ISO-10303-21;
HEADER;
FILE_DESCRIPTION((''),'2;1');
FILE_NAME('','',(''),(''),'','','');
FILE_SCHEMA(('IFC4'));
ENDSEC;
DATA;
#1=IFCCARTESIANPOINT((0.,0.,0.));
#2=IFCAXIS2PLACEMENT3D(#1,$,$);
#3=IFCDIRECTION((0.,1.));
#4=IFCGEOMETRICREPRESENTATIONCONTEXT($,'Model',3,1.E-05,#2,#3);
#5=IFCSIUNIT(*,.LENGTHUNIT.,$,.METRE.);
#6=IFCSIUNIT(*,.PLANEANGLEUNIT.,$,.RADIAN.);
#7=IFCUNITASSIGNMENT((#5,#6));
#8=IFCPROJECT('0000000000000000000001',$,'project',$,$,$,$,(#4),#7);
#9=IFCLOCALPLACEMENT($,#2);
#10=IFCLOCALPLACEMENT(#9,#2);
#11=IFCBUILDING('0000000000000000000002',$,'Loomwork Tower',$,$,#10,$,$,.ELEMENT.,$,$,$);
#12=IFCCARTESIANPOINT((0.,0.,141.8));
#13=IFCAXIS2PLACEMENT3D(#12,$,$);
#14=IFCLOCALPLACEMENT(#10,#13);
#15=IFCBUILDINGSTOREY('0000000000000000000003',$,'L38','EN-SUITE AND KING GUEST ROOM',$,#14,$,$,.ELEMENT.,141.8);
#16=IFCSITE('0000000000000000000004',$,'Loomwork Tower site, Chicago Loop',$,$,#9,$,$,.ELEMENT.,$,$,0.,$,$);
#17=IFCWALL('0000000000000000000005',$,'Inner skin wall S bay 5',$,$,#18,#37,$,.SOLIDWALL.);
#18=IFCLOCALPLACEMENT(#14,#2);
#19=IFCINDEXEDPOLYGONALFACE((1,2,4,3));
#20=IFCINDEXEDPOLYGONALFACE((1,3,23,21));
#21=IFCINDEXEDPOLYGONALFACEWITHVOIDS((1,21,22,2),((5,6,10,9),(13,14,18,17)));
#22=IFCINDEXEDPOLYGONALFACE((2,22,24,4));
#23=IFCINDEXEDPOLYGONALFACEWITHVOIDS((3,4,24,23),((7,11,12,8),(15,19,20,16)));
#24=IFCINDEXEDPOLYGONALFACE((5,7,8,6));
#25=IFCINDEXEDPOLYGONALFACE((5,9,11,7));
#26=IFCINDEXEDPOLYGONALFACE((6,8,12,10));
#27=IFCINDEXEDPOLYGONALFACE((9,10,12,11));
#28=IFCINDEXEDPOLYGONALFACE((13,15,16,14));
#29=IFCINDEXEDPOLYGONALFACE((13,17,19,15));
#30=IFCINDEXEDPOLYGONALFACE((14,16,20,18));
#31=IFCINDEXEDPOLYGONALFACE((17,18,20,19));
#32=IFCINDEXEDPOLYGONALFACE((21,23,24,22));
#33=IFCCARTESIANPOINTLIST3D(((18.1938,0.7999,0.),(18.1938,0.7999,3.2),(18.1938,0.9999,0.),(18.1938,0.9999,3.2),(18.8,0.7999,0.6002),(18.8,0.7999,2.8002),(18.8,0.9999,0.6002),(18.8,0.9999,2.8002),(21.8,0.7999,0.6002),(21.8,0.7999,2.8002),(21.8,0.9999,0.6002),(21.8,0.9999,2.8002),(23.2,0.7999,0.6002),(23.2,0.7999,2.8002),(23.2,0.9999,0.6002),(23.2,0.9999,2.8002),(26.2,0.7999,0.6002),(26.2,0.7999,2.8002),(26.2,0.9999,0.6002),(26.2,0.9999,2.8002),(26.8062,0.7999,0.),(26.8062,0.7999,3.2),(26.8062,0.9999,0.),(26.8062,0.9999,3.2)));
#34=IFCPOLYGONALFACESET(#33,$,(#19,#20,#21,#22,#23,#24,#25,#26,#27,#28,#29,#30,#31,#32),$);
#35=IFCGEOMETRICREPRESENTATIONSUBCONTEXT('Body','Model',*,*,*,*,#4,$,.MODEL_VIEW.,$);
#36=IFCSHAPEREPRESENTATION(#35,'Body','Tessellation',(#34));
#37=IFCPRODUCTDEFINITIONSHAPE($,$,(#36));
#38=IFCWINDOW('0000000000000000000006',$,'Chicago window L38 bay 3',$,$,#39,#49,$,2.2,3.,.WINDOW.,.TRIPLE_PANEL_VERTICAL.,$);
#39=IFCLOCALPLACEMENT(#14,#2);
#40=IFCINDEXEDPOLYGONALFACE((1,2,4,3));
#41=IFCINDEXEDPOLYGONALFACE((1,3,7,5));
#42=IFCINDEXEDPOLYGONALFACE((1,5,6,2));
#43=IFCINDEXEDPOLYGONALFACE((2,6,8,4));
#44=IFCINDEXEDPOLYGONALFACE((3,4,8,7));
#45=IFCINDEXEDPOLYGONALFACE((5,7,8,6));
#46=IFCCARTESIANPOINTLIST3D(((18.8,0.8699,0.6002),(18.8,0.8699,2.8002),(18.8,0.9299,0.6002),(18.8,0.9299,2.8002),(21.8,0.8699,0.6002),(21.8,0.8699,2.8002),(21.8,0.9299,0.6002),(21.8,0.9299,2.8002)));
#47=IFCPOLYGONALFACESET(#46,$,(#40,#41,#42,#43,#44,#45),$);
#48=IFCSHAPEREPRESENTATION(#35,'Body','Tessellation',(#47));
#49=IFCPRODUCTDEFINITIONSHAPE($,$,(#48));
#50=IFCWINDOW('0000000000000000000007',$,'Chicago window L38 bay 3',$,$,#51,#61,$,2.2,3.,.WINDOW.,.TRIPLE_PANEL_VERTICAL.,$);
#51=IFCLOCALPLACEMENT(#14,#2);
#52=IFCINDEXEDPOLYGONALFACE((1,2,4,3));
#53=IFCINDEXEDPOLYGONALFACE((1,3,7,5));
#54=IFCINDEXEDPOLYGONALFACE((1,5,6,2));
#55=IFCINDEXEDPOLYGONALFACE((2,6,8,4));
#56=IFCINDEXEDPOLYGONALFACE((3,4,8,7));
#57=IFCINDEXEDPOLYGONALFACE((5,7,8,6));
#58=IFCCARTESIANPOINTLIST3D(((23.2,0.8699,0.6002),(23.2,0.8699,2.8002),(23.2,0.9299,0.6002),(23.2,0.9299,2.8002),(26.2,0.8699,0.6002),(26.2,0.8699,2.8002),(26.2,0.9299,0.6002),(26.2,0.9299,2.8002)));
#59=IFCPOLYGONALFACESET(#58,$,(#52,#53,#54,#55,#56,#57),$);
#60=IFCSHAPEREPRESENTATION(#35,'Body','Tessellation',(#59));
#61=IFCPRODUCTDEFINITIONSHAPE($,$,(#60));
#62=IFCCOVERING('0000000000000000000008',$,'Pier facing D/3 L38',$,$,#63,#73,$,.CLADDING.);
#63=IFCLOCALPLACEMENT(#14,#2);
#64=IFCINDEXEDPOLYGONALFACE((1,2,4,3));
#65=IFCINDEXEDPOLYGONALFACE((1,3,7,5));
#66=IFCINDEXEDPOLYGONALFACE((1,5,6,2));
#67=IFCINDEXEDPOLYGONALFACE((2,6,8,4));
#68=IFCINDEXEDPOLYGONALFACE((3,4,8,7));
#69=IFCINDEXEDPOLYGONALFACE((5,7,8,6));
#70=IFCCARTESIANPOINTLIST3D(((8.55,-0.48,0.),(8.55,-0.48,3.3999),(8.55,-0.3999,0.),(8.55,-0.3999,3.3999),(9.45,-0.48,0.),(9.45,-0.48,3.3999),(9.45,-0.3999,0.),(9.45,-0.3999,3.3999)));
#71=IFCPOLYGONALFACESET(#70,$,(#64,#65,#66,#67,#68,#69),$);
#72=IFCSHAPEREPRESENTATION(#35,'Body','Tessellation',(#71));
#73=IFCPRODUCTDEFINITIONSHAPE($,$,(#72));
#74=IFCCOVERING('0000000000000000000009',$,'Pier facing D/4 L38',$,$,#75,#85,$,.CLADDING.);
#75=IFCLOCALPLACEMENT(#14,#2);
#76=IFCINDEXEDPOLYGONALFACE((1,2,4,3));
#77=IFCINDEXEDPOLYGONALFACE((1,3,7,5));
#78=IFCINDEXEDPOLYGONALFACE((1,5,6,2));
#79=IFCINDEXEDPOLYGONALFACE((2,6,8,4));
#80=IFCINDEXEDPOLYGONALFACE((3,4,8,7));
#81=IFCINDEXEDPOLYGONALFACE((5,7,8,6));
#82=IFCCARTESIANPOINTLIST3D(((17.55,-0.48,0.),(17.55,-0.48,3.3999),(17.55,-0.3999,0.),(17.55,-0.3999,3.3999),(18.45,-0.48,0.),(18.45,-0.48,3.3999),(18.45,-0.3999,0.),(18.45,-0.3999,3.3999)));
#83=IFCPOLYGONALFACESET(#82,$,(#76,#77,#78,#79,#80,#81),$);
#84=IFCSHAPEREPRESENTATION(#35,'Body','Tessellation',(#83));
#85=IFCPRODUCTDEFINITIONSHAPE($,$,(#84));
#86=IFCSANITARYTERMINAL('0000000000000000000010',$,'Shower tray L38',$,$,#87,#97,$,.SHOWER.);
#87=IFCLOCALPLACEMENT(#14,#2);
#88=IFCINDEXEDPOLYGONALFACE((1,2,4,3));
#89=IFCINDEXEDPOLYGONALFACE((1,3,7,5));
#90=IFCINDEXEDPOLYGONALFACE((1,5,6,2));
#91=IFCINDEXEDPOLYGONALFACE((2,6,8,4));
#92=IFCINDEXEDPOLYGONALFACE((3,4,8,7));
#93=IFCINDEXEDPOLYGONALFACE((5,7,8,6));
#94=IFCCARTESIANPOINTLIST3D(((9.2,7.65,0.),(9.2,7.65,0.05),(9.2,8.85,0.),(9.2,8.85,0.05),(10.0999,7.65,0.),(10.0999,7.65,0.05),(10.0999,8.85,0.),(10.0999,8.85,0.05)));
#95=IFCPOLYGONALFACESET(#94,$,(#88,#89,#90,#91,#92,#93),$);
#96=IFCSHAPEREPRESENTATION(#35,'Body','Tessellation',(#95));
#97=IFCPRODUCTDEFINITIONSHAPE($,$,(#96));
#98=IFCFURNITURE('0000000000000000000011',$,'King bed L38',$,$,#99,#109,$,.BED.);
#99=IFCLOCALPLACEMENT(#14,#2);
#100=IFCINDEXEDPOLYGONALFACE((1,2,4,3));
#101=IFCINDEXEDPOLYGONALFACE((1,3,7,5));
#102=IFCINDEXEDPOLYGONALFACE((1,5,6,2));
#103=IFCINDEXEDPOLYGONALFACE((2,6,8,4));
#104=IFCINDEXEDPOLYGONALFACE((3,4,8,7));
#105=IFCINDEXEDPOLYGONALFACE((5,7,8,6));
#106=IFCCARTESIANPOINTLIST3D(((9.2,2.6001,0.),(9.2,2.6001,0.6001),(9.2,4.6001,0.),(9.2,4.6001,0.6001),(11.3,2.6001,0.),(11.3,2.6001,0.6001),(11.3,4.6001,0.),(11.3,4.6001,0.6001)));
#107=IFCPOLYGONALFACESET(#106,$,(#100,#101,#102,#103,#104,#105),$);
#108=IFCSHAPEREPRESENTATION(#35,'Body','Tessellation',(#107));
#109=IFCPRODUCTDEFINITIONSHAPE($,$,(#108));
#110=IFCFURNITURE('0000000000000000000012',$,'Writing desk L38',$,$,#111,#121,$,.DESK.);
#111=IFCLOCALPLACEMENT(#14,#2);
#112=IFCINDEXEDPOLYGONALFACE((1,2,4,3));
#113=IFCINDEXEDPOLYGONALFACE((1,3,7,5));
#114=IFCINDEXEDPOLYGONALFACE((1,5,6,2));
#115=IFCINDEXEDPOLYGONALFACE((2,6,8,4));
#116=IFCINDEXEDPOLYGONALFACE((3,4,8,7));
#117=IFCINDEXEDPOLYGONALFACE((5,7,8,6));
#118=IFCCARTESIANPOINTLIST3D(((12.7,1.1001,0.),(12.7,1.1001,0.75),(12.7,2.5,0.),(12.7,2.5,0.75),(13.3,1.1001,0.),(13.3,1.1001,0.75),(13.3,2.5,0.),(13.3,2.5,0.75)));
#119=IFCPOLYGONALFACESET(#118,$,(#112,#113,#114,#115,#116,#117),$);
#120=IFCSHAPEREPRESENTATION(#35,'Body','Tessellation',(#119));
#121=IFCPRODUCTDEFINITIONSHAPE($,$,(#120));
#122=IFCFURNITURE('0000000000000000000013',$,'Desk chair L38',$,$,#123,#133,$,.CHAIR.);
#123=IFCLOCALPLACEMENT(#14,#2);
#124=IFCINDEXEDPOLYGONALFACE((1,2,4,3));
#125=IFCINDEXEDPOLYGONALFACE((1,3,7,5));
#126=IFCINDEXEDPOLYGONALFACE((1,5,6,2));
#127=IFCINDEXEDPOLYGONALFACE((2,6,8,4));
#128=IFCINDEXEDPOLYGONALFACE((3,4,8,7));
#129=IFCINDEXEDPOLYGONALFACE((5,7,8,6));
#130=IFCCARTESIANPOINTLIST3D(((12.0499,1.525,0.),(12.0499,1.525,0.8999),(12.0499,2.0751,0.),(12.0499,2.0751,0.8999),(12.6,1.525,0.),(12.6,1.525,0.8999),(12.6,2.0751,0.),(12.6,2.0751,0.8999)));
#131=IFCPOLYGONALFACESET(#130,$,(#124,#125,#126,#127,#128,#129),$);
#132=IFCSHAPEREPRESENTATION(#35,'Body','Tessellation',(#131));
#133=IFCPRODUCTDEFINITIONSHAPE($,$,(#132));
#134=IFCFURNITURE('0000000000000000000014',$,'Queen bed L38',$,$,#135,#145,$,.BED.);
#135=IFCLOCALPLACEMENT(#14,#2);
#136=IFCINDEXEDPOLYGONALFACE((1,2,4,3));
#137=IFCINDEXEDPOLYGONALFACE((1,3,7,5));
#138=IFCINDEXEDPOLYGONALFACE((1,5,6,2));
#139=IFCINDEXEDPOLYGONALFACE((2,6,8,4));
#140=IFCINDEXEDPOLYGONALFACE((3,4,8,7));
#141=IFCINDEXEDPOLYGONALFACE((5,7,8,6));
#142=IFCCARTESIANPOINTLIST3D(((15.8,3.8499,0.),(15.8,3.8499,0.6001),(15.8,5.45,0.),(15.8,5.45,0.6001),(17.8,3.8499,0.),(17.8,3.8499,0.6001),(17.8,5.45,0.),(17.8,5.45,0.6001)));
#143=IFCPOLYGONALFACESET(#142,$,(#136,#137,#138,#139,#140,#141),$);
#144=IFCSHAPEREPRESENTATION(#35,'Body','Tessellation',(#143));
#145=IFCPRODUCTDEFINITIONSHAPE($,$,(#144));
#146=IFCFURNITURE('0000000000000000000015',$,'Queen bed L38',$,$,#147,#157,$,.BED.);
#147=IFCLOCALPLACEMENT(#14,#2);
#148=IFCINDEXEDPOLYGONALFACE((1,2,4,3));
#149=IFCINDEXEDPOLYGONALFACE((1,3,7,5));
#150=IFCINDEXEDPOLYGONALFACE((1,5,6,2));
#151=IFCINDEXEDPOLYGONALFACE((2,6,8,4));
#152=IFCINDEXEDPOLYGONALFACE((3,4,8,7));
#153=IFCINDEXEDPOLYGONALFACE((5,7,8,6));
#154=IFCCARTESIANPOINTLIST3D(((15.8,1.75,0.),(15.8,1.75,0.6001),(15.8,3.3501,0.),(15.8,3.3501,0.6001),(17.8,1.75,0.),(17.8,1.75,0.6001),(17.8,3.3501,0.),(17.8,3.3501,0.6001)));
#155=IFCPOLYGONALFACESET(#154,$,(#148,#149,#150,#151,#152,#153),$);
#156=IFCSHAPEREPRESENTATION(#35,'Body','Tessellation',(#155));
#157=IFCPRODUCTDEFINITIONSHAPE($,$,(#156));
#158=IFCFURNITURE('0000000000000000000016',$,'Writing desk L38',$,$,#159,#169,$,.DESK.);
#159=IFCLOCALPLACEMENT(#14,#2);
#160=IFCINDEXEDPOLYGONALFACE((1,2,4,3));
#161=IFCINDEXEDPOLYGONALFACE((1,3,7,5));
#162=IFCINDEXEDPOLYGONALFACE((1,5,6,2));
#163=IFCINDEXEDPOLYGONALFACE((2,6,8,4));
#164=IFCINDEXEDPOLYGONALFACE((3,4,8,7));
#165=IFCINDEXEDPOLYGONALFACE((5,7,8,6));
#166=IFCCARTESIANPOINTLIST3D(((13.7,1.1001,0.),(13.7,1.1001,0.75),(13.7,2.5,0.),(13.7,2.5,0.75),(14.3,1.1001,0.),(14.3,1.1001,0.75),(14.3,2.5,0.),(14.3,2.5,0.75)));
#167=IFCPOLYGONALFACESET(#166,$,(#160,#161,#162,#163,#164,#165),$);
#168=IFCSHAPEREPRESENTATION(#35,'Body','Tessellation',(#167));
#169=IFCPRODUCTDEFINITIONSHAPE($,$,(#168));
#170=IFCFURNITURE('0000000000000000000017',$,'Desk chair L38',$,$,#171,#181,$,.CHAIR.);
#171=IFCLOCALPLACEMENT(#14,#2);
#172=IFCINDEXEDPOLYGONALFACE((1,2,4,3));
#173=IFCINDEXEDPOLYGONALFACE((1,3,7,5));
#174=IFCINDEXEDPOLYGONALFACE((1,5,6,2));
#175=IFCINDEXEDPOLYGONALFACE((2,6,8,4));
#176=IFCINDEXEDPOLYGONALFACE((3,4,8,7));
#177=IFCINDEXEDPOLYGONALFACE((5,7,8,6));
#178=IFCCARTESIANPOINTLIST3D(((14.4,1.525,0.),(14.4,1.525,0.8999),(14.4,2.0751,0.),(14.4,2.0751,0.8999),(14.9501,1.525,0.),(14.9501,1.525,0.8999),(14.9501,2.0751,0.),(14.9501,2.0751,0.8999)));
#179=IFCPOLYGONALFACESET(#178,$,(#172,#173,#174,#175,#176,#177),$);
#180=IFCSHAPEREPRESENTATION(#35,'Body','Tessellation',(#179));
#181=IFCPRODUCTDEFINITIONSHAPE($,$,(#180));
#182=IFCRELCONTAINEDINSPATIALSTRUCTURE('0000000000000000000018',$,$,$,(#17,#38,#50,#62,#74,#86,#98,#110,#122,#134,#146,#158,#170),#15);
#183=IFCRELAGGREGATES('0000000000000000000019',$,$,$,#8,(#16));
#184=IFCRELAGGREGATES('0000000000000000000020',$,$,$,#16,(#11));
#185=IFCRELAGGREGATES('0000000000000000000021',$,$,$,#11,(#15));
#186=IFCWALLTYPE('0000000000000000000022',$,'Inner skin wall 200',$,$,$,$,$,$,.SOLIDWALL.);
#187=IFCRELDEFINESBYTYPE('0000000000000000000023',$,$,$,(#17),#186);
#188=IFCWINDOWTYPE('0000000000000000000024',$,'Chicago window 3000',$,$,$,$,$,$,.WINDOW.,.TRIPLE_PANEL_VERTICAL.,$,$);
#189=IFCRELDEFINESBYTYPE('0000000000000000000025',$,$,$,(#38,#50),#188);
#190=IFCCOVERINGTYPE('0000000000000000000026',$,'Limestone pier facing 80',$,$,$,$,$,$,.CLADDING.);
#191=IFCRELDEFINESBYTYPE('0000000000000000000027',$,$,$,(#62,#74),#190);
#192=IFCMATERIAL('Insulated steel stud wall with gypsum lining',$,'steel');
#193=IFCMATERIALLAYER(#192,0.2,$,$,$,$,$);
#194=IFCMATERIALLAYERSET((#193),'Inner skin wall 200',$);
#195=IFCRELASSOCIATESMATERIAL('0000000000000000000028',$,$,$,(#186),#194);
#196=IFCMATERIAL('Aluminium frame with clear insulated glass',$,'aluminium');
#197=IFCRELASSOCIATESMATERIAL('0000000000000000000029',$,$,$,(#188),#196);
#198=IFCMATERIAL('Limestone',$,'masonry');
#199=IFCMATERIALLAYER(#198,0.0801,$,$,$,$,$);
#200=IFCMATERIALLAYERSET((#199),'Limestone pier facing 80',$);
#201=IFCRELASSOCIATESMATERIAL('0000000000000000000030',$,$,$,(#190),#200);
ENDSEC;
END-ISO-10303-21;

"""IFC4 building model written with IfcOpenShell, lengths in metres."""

from ifc_helpers import new_model, si_unit, direction, frame, frame_2d, origin, origin_2d, place, context, subcontext, project, spatial, rectangle, extrude, material, layer, layer_set, type_object, element, fill, save


model = new_model("IFC4")

# Units and contexts
model_context = context("Model", 3, precision=1e-05, world=origin(), true_north=direction((0.0, 1.0)))
body_context = subcontext(model_context, "Body", "Model", "MODEL_VIEW")
ifc_project = project(units=[si_unit("LENGTHUNIT", "METRE"), si_unit("PLANEANGLEUNIT", "RADIAN")], contexts=[model_context])

# Site, building, storey
site_placement = place(None, origin())
site = spatial("IfcSite", under=ifc_project, at=site_placement, Name="Loomwork Tower site, Chicago Loop", CompositionType="ELEMENT", RefElevation=0.0)
building_placement = place(site_placement, origin())
building = spatial("IfcBuilding", under=site, at=building_placement, Name="Loomwork Tower", CompositionType="ELEMENT")
storey_placement = place(building_placement, frame((0.0, 0.0, 141.8)))
storey = spatial("IfcBuildingStorey", under=building, at=storey_placement, Name="L38", Description="EN-SUITE AND KING GUEST ROOM", CompositionType="ELEMENT", Elevation=141.8)

# Shared definitions
ifc_material_1 = material(Name="Insulated steel stud wall with gypsum lining", Category="steel")
ifc_layer_1 = layer(ifc_material_1, 0.2)
ifc_layer_set_1 = layer_set([ifc_layer_1], Name="Inner skin wall 200")
wall_type_1 = type_object("IfcWallType", Name="Inner skin wall 200", PredefinedType="SOLIDWALL", material=ifc_layer_set_1)

# Shared definitions
ifc_material_2 = material(Name="Aluminium frame with clear insulated glass", Category="aluminium")
window_type = type_object("IfcWindowType", Name="Chicago window 3000", PartitioningType="TRIPLE_PANEL_VERTICAL", PredefinedType="WINDOW", material=ifc_material_2)

# Wall, openings, windows
wall_1_placement = place(storey_placement, frame((18.1938, 0.8999, 0.0), z_axis=(0.0, 0.0, 1.0), x_axis=(1.0, 0.0, 0.0)))
wall_1 = element("IfcWall", 1, at=wall_1_placement, inside=storey, type_object=wall_type_1, Name="Inner skin wall S bay 5", PredefinedType="SOLIDWALL", context=body_context, shape_type="SweptSolid", body=[
    extrude(rectangle(XDim=8.6123, YDim=0.2, at=frame_2d((4.3062, 0.0))), origin(), (0.0, 0.0, 1.0), 3.2),
])
opening_1_placement = place(wall_1_placement, frame((0.6062, 0.0, 0.6001)))
opening_1 = element("IfcOpeningElement", 2, at=opening_1_placement, cuts=wall_1, PredefinedType="OPENING", context=body_context, shape_type="SweptSolid", body=[
    extrude(rectangle(XDim=3.0, YDim=2.2, at=frame_2d((1.5, 1.1001))), frame((0.0, 0.1099, 0.0), z_axis=(0.0, -1.0, 0.0), x_axis=(1.0, 0.0, 0.0)), (0.0, 0.0, 1.0), 0.22),
])
opening_2_placement = place(wall_1_placement, frame((5.0061, 0.0, 0.6001)))
opening_2 = element("IfcOpeningElement", 3, at=opening_2_placement, cuts=wall_1, PredefinedType="OPENING", context=body_context, shape_type="SweptSolid", body=[
    extrude(rectangle(XDim=3.0, YDim=2.2, at=frame_2d((1.5, 1.1001))), frame((0.0, 0.1099, 0.0), z_axis=(0.0, -1.0, 0.0), x_axis=(1.0, 0.0, 0.0)), (0.0, 0.0, 1.0), 0.22),
])
window_1_placement = place(opening_1_placement, origin())
window_1 = element("IfcWindow", 4, at=window_1_placement, inside=storey, type_object=window_type, Name="Chicago window L38 bay 3", OverallHeight=2.2, OverallWidth=3.0, PartitioningType="TRIPLE_PANEL_VERTICAL", PredefinedType="WINDOW", context=body_context, shape_type="SweptSolid", body=[
    extrude(rectangle(XDim=3.0, YDim=2.2, at=frame_2d((1.5, 1.1001))), frame((0.0, 0.03, 0.0), z_axis=(0.0, -1.0, 0.0), x_axis=(1.0, 0.0, 0.0)), (0.0, 0.0, 1.0), 0.0601),
])
fill(opening_1, window_1)
window_2_placement = place(opening_2_placement, origin())
window_2 = element("IfcWindow", 5, at=window_2_placement, inside=storey, type_object=window_type, Name="Chicago window L38 bay 3", OverallHeight=2.2, OverallWidth=3.0, PartitioningType="TRIPLE_PANEL_VERTICAL", PredefinedType="WINDOW", context=body_context, shape_type="SweptSolid", body=[
    extrude(rectangle(XDim=3.0, YDim=2.2, at=frame_2d((1.5, 1.1001))), frame((0.0, 0.03, 0.0), z_axis=(0.0, -1.0, 0.0), x_axis=(1.0, 0.0, 0.0)), (0.0, 0.0, 1.0), 0.0601),
])
fill(opening_2, window_2)

# Coverings
ifc_material_3 = material(Name="Limestone", Category="masonry")
ifc_layer_2 = layer(ifc_material_3, 0.0801)
ifc_layer_set_2 = layer_set([ifc_layer_2], Name="Limestone pier facing 80")
covering_type = type_object("IfcCoveringType", Name="Limestone pier facing 80", PredefinedType="CLADDING", material=ifc_layer_set_2)
for number, where, z_axis, x_axis, name in (
    (6, (9.0, -0.4399, 0.0), (0.0, 0.0, 1.0), (1.0, 0.0, 0.0), "Pier facing D/3 L38"),
    (7, (18.0, -0.4399, 0.0), (0.0, 0.0, 1.0), (1.0, 0.0, 0.0), "Pier facing D/4 L38"),
):
    element("IfcCovering", number, at=place(storey_placement, frame(where, z_axis=z_axis, x_axis=x_axis)), inside=storey, type_object=covering_type, Name=name, PredefinedType="CLADDING", context=body_context, shape_type="SweptSolid", body=[
        extrude(rectangle(XDim=0.8999, YDim=0.0801, at=origin_2d()), origin(), (0.0, 0.0, 1.0), 3.3999),
    ])

# Sanitary terminal
sanitary_terminal_placement = place(storey_placement, frame((9.6499, 8.25, 0.0), z_axis=(0.0, 0.0, 1.0), x_axis=(1.0, 0.0, 0.0)))
element("IfcSanitaryTerminal", 8, at=sanitary_terminal_placement, inside=storey, Name="Shower tray L38", PredefinedType="SHOWER", context=body_context, shape_type="SweptSolid", body=[
    extrude(rectangle(XDim=0.8999, YDim=1.2, at=origin_2d()), origin(), (0.0, 0.0, 1.0), 0.05),
])

# Furniture
furniture_1_placement = place(storey_placement, frame((10.25, 3.6001, 0.0), z_axis=(0.0, 0.0, 1.0), x_axis=(1.0, 0.0, 0.0)))
element("IfcFurniture", 9, at=furniture_1_placement, inside=storey, Name="King bed L38", PredefinedType="BED", context=body_context, shape_type="SweptSolid", body=[
    extrude(rectangle(XDim=2.1001, YDim=2.0, at=origin_2d()), origin(), (0.0, 0.0, 1.0), 0.6001),
])
furniture_2_placement = place(storey_placement, frame((13.0, 1.8, 0.0), z_axis=(0.0, 0.0, 1.0), x_axis=(1.0, 0.0, 0.0)))
element("IfcFurniture", 10, at=furniture_2_placement, inside=storey, Name="Writing desk L38", PredefinedType="DESK", context=body_context, shape_type="SweptSolid", body=[
    extrude(rectangle(XDim=0.6001, YDim=1.3999, at=origin_2d()), origin(), (0.0, 0.0, 1.0), 0.75),
])
furniture_3_placement = place(storey_placement, frame((12.325, 1.8, 0.0), z_axis=(0.0, 0.0, 1.0), x_axis=(1.0, 0.0, 0.0)))
element("IfcFurniture", 11, at=furniture_3_placement, inside=storey, Name="Desk chair L38", PredefinedType="CHAIR", context=body_context, shape_type="SweptSolid", body=[
    extrude(rectangle(XDim=0.55, YDim=0.55, at=origin_2d()), origin(), (0.0, 0.0, 1.0), 0.8999),
])
for number, where, z_axis, x_axis, name in (
    (12, (16.8, 4.6499, 0.0), (0.0, 0.0, 1.0), (1.0, 0.0, 0.0), "Queen bed L38"),
    (13, (16.8, 2.55, 0.0), (0.0, 0.0, 1.0), (1.0, 0.0, 0.0), "Queen bed L38"),
):
    element("IfcFurniture", number, at=place(storey_placement, frame(where, z_axis=z_axis, x_axis=x_axis)), inside=storey, Name=name, PredefinedType="BED", context=body_context, shape_type="SweptSolid", body=[
        extrude(rectangle(XDim=2.0, YDim=1.6001, at=origin_2d()), origin(), (0.0, 0.0, 1.0), 0.6001),
    ])
furniture_4_placement = place(storey_placement, frame((14.0, 1.8, 0.0), z_axis=(0.0, 0.0, 1.0), x_axis=(1.0, 0.0, 0.0)))
element("IfcFurniture", 14, at=furniture_4_placement, inside=storey, Name="Writing desk L38", PredefinedType="DESK", context=body_context, shape_type="SweptSolid", body=[
    extrude(rectangle(XDim=0.6001, YDim=1.3999, at=origin_2d()), origin(), (0.0, 0.0, 1.0), 0.75),
])
furniture_5_placement = place(storey_placement, frame((14.675, 1.8, 0.0), z_axis=(0.0, 0.0, 1.0), x_axis=(1.0, 0.0, 0.0)))
element("IfcFurniture", 15, at=furniture_5_placement, inside=storey, Name="Desk chair L38", PredefinedType="CHAIR", context=body_context, shape_type="SweptSolid", body=[
    extrude(rectangle(XDim=0.55, YDim=0.55, at=origin_2d()), origin(), (0.0, 0.0, 1.0), 0.8999),
])

save(model, "model.ifc")
